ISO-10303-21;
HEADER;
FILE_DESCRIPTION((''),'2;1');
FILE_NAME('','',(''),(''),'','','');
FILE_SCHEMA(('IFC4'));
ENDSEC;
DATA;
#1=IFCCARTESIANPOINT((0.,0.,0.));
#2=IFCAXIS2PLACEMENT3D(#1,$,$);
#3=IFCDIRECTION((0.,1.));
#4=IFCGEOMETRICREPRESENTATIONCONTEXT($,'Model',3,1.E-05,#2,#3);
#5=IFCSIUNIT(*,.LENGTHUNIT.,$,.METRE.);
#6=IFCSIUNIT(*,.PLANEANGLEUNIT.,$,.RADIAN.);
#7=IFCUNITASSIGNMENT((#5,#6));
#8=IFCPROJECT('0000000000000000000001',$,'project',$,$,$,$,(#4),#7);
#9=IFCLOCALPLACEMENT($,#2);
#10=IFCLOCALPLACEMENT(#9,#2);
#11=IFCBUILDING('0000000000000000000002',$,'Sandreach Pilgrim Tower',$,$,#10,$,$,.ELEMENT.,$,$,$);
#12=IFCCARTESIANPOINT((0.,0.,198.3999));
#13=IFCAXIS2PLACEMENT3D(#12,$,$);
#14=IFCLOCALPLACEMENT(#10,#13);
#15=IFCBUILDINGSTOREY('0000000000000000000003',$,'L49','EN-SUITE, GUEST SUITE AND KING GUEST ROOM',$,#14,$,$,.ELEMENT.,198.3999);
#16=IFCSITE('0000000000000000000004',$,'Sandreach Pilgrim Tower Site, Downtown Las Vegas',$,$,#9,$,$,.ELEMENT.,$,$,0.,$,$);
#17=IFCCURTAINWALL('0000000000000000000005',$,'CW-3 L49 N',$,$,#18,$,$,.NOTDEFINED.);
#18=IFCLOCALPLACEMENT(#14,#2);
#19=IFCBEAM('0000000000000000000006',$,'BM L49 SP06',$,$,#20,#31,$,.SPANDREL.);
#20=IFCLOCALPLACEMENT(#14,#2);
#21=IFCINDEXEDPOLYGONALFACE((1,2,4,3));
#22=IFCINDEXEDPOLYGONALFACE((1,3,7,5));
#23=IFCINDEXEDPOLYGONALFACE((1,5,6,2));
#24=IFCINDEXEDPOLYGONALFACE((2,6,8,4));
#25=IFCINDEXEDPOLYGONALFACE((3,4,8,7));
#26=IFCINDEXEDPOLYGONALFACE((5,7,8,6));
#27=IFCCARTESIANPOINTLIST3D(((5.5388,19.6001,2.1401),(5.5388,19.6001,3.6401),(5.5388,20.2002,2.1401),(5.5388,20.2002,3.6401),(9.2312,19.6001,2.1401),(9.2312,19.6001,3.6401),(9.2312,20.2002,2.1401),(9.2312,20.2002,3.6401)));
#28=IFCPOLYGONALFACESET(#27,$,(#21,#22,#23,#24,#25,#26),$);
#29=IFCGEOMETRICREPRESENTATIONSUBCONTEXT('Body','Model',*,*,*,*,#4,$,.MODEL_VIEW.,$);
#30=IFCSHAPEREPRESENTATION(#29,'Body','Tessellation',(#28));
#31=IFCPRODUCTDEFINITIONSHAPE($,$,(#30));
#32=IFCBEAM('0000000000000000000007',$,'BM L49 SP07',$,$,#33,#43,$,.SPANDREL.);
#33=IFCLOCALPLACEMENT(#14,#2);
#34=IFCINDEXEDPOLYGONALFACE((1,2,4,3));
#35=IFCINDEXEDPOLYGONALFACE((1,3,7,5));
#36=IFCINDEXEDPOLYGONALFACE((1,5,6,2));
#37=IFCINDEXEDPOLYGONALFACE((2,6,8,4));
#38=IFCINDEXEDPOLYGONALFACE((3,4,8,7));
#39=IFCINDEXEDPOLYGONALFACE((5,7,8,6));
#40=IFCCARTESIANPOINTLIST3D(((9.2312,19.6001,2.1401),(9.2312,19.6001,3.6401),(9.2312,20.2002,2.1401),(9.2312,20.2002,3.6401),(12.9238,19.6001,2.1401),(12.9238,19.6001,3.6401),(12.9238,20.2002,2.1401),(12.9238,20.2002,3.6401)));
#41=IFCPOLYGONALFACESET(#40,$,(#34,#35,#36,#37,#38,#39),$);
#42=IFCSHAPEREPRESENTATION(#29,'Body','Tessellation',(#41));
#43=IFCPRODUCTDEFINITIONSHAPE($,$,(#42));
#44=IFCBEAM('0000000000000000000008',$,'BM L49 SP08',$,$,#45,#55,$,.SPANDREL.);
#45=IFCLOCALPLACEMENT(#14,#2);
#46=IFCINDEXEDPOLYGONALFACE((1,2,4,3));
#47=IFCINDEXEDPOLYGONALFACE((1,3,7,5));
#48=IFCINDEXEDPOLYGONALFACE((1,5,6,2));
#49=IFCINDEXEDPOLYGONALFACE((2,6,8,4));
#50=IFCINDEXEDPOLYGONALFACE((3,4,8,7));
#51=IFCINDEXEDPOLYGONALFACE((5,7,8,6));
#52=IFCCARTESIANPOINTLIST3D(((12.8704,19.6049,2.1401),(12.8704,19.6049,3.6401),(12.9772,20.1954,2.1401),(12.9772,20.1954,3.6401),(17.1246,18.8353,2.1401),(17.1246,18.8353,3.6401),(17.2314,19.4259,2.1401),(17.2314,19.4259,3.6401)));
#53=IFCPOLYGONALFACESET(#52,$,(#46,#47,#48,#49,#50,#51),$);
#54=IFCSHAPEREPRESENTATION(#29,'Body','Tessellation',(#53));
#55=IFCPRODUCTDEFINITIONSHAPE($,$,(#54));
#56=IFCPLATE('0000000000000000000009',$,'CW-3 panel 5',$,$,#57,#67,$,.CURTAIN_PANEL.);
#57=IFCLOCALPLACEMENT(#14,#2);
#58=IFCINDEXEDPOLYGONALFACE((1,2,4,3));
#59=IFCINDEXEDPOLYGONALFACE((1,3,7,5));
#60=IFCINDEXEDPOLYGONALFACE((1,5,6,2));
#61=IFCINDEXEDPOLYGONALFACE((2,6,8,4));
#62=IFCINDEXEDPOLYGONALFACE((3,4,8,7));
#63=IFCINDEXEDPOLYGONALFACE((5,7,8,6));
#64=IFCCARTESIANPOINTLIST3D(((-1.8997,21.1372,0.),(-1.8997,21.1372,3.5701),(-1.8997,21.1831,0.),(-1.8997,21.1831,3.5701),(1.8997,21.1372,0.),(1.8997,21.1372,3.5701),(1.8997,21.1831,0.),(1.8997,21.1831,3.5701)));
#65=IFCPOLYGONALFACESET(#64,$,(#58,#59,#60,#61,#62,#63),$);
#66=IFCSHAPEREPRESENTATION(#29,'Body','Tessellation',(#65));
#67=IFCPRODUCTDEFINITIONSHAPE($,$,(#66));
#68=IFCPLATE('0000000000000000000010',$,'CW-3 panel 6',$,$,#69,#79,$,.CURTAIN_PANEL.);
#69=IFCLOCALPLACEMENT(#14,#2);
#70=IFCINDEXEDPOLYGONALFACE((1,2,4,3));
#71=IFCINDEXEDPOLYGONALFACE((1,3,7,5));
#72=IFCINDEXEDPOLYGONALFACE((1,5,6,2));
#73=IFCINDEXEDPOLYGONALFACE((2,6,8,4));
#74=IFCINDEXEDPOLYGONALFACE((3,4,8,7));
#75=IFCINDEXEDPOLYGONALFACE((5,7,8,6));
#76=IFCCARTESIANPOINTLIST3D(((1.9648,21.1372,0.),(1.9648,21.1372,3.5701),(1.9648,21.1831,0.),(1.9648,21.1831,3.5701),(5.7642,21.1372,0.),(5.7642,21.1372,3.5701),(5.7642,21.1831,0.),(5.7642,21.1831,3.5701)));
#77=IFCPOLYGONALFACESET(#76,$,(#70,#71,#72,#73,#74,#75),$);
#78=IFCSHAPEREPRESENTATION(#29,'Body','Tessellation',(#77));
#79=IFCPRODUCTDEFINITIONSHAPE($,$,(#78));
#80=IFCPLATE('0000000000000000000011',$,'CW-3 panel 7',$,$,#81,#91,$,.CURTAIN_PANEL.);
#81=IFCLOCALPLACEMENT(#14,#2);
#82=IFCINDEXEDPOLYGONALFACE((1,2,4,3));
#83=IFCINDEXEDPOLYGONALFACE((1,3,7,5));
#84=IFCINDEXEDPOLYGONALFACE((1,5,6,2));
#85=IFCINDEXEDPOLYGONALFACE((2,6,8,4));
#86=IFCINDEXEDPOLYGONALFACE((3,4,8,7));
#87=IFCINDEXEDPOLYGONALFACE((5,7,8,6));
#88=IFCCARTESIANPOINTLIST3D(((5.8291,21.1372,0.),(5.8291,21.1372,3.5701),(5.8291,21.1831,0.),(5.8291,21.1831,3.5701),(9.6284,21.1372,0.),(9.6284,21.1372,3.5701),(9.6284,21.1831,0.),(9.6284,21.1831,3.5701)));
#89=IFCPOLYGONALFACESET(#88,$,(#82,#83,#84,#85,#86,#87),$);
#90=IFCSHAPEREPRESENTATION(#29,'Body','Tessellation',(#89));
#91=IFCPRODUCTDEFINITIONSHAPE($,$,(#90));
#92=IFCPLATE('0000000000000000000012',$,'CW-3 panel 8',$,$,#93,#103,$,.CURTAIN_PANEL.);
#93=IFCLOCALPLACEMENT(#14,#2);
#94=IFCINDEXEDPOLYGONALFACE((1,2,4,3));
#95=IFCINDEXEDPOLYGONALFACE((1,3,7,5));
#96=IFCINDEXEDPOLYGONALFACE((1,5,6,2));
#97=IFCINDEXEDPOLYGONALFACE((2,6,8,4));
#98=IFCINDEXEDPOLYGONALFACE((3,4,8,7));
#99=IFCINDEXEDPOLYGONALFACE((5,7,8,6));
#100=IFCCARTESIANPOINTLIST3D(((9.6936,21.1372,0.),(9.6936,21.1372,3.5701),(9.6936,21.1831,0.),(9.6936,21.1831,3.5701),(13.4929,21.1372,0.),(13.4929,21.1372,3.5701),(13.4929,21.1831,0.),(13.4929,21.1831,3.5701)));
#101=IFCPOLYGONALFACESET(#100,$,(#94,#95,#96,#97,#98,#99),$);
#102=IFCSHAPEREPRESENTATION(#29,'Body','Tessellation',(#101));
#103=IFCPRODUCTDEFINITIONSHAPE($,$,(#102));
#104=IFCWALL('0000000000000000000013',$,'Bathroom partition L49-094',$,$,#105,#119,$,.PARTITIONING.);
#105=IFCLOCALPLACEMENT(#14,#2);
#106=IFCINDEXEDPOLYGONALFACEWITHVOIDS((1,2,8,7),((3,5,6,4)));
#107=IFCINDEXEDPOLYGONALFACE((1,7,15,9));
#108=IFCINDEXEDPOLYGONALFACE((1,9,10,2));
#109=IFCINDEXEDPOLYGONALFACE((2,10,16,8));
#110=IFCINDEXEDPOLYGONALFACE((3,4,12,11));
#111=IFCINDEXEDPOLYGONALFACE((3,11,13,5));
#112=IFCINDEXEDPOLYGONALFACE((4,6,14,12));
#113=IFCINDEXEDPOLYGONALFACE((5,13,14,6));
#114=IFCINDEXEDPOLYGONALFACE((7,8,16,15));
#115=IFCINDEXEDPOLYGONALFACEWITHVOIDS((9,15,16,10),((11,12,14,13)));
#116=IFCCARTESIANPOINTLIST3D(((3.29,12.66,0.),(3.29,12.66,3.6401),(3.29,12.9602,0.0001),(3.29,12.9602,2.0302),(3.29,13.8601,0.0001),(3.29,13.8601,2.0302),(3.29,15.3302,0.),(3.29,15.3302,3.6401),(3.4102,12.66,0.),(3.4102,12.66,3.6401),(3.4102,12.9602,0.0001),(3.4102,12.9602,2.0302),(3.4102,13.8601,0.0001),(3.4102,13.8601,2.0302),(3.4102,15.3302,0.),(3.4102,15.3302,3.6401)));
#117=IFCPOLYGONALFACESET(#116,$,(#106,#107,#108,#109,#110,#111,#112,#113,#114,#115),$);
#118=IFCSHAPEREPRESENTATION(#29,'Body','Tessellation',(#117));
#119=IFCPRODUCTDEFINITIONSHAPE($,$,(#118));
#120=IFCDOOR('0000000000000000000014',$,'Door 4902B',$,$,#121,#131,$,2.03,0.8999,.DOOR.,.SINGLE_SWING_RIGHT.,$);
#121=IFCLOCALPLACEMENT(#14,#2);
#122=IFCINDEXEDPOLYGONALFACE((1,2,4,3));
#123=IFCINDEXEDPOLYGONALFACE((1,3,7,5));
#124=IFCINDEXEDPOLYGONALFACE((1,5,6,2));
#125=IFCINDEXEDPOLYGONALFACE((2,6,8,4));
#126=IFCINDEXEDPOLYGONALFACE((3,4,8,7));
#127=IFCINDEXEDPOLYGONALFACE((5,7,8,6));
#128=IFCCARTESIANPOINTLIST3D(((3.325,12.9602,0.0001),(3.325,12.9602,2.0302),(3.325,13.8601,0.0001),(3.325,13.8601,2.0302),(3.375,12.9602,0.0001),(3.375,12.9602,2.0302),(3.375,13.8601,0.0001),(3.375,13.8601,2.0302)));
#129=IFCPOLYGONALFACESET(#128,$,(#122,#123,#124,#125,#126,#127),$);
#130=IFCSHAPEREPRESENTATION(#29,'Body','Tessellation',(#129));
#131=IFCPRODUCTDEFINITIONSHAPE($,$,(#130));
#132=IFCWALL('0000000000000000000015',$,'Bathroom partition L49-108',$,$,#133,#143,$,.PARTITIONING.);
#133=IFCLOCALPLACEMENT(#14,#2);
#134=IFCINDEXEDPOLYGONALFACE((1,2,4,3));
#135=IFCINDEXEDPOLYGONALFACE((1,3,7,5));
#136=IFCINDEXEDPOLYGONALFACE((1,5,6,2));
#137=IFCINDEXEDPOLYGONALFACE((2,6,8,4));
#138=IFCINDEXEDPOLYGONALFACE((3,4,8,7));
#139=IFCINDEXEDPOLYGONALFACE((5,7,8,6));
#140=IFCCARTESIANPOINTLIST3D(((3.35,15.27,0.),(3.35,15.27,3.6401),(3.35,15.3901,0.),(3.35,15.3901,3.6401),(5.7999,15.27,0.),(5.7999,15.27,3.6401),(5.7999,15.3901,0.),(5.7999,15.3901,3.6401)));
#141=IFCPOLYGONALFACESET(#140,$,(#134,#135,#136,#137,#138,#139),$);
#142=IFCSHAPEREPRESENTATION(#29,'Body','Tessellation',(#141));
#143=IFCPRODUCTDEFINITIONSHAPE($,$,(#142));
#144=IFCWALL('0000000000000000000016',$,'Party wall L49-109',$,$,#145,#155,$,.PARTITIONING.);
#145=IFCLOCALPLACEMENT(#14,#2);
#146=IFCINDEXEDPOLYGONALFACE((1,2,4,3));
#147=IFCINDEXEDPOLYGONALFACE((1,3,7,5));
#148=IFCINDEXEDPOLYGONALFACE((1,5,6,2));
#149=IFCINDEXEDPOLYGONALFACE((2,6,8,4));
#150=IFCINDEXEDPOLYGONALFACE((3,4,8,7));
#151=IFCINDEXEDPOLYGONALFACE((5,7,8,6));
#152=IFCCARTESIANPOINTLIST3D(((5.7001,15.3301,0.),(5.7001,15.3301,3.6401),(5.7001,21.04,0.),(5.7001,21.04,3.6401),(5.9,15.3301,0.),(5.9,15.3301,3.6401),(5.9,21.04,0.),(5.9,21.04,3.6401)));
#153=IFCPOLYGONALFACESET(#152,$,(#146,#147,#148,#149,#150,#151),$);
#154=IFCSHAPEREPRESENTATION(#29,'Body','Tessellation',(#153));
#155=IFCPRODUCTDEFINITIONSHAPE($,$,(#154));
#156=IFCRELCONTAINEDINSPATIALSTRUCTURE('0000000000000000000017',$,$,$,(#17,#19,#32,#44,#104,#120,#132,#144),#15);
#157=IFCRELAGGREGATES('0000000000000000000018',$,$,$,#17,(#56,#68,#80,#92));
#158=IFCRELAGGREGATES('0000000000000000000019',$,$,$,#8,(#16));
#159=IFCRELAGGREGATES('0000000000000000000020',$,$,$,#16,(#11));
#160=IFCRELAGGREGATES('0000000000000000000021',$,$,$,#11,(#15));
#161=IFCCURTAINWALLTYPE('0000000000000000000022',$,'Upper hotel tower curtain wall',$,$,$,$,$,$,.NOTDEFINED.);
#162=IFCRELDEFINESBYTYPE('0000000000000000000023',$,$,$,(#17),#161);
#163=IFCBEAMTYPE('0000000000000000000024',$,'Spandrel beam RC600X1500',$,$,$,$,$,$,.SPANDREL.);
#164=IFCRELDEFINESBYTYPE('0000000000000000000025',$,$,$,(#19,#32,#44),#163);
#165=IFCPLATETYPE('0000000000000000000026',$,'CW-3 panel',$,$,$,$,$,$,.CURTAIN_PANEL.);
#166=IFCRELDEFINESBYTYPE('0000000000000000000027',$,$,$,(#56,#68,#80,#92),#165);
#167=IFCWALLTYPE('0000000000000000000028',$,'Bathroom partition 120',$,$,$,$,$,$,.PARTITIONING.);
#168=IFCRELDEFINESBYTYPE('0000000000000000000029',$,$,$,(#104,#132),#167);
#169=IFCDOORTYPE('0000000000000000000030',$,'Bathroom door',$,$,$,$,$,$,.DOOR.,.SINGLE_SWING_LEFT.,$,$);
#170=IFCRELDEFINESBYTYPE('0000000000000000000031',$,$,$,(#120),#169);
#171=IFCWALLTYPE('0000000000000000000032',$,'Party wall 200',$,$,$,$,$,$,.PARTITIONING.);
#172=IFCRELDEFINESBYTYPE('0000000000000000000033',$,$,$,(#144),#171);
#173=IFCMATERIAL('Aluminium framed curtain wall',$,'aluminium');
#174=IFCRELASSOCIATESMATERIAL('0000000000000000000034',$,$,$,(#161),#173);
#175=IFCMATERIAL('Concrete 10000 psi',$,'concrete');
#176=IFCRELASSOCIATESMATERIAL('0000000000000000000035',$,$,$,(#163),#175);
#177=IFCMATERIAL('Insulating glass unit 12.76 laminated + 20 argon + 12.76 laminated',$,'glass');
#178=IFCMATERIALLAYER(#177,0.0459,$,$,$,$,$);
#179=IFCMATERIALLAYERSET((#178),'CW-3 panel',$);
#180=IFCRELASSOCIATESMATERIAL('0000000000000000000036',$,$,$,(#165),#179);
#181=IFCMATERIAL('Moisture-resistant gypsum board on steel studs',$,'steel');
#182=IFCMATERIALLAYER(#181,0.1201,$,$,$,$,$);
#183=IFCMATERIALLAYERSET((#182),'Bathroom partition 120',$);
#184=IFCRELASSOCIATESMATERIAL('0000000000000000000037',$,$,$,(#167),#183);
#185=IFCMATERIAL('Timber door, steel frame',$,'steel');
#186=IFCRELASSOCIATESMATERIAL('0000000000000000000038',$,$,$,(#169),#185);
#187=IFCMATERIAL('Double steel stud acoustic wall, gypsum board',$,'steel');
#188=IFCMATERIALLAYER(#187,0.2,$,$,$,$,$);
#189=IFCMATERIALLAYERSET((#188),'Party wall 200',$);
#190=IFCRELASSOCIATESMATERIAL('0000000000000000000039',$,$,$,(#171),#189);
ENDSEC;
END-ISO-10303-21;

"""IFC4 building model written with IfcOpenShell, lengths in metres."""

from ifc_helpers import new_model, si_unit, direction, frame, frame_2d, origin, origin_2d, place, context, subcontext, project, spatial, rectangle, extrude, material, layer, layer_set, material_profile, profile_set, type_object, element, fill, aggregate, save


model = new_model("IFC4")

# Units and contexts
model_context = context("Model", 3, precision=1e-05, world=origin(), true_north=direction((0.0, 1.0)))
body_context = subcontext(model_context, "Body", "Model", "MODEL_VIEW")
ifc_project = project(units=[si_unit("LENGTHUNIT", "METRE"), si_unit("PLANEANGLEUNIT", "RADIAN")], contexts=[model_context])

# Site, building, storey
site_placement = place(None, origin())
site = spatial("IfcSite", under=ifc_project, at=site_placement, Name="Sandreach Pilgrim Tower Site, Downtown Las Vegas", CompositionType="ELEMENT", RefElevation=0.0)
building_placement = place(site_placement, origin())
building = spatial("IfcBuilding", under=site, at=building_placement, Name="Sandreach Pilgrim Tower", CompositionType="ELEMENT")
storey_placement = place(building_placement, frame((0.0, 0.0, 198.3999)))
storey = spatial("IfcBuildingStorey", under=building, at=storey_placement, Name="L49", Description="EN-SUITE, GUEST SUITE AND KING GUEST ROOM", CompositionType="ELEMENT", Elevation=198.3999)

# Curtain wall
ifc_material_1 = material(Name="Aluminium framed curtain wall", Category="aluminium")
curtain_wall_type = type_object("IfcCurtainWallType", Name="Upper hotel tower curtain wall", PredefinedType="NOTDEFINED", material=ifc_material_1)
curtain_wall_placement = place(storey_placement, origin())
curtain_wall = element("IfcCurtainWall", 1, at=curtain_wall_placement, inside=storey, type_object=curtain_wall_type, Name="CW-3 L49 N", PredefinedType="NOTDEFINED")

# Beams
ifc_material_2 = material(Name="Concrete 10000 psi", Category="concrete")
ifc_material_profile_1 = material_profile(ifc_material_2, rectangle(XDim=0.6001, YDim=1.5, at=origin_2d()), Name="RC600X1500")
ifc_profile_set_1 = profile_set([ifc_material_profile_1], Name="Concrete 10000 psi")
beam_type_1 = type_object("IfcBeamType", Name="Spandrel beam RC600X1500", PredefinedType="SPANDREL", material=ifc_profile_set_1)
beam_1_placement = place(storey_placement, frame((5.5388, 19.9001, 2.8901), z_axis=(1.0, 0.0, 0.0), x_axis=(0.0, 1.0, 0.0)))
element("IfcBeam", 2, at=beam_1_placement, inside=storey, type_object=beam_type_1, Name="BM L49 SP06", PredefinedType="SPANDREL", context=body_context, shape_type="SweptSolid", body=[
    extrude(rectangle(XDim=0.6001, YDim=1.5, at=origin_2d()), origin(), (0.0, 0.0, 1.0), 3.6924),
])
beam_2_placement = place(storey_placement, frame((9.2312, 19.9001, 2.8901), z_axis=(1.0, 0.0, 0.0), x_axis=(0.0, 1.0, 0.0)))
element("IfcBeam", 3, at=beam_2_placement, inside=storey, type_object=beam_type_1, Name="BM L49 SP07", PredefinedType="SPANDREL", context=body_context, shape_type="SweptSolid", body=[
    extrude(rectangle(XDim=0.6001, YDim=1.5, at=origin_2d()), origin(), (0.0, 0.0, 1.0), 3.6926),
])
beam_3_placement = place(storey_placement, frame((12.9238, 19.9001, 2.8901), z_axis=(0.98403, -0.178001, 0.0), x_axis=(0.178001, 0.98403, 0.0)))
element("IfcBeam", 4, at=beam_3_placement, inside=storey, type_object=beam_type_1, Name="BM L49 SP08", PredefinedType="SPANDREL", context=body_context, shape_type="SweptSolid", body=[
    extrude(rectangle(XDim=0.6001, YDim=1.5, at=origin_2d()), origin(), (0.0, 0.0, 1.0), 4.3232),
])

# Plates
ifc_material_3 = material(Name="Insulating glass unit 12.76 laminated + 20 argon + 12.76 laminated", Category="glass")
ifc_layer_1 = layer(ifc_material_3, 0.0459)
ifc_layer_set_1 = layer_set([ifc_layer_1], Name="CW-3 panel")
plate_type = type_object("IfcPlateType", Name="CW-3 panel", PredefinedType="CURTAIN_PANEL", material=ifc_layer_set_1)
plate_1_placement = place(storey_placement, frame((0.0, 21.1602, 0.0), z_axis=(0.0, 0.0, 1.0), x_axis=(1.0, 0.0, 0.0)))
plate_1 = element("IfcPlate", 5, at=plate_1_placement, type_object=plate_type, Name="CW-3 panel 5", PredefinedType="CURTAIN_PANEL", context=body_context, shape_type="SweptSolid", body=[
    extrude(rectangle(XDim=3.7993, YDim=0.0459, at=origin_2d()), origin(), (0.0, 0.0, 1.0), 3.5701),
])
plate_2_placement = place(storey_placement, frame((3.8645, 21.1602, 0.0), z_axis=(0.0, 0.0, 1.0), x_axis=(1.0, 0.0, 0.0)))
plate_2 = element("IfcPlate", 6, at=plate_2_placement, type_object=plate_type, Name="CW-3 panel 6", PredefinedType="CURTAIN_PANEL", context=body_context, shape_type="SweptSolid", body=[
    extrude(rectangle(XDim=3.7993, YDim=0.0459, at=origin_2d()), origin(), (0.0, 0.0, 1.0), 3.5701),
])
plate_3_placement = place(storey_placement, frame((7.7288, 21.1602, 0.0), z_axis=(0.0, 0.0, 1.0), x_axis=(1.0, 0.0, 0.0)))
plate_3 = element("IfcPlate", 7, at=plate_3_placement, type_object=plate_type, Name="CW-3 panel 7", PredefinedType="CURTAIN_PANEL", context=body_context, shape_type="SweptSolid", body=[
    extrude(rectangle(XDim=3.7993, YDim=0.0459, at=origin_2d()), origin(), (0.0, 0.0, 1.0), 3.5701),
])
plate_4_placement = place(storey_placement, frame((11.5933, 21.1602, 0.0), z_axis=(0.0, 0.0, 1.0), x_axis=(1.0, 0.0, 0.0)))
plate_4 = element("IfcPlate", 8, at=plate_4_placement, type_object=plate_type, Name="CW-3 panel 8", PredefinedType="CURTAIN_PANEL", context=body_context, shape_type="SweptSolid", body=[
    extrude(rectangle(XDim=3.7993, YDim=0.0459, at=origin_2d()), origin(), (0.0, 0.0, 1.0), 3.5701),
])
aggregate(curtain_wall, [plate_1, plate_2, plate_3, plate_4])

# Wall, opening, door
ifc_material_4 = material(Name="Moisture-resistant gypsum board on steel studs", Category="steel")
ifc_layer_2 = layer(ifc_material_4, 0.1201)
ifc_layer_set_2 = layer_set([ifc_layer_2], Name="Bathroom partition 120")
wall_type_1 = type_object("IfcWallType", Name="Bathroom partition 120", PredefinedType="PARTITIONING", material=ifc_layer_set_2)
wall_1_placement = place(storey_placement, frame((3.3501, 15.3301, 0.0), z_axis=(0.0, 0.0, 1.0), x_axis=(0.0, -1.0, 0.0)))
wall_1 = element("IfcWall", 9, at=wall_1_placement, inside=storey, type_object=wall_type_1, Name="Bathroom partition L49-094", PredefinedType="PARTITIONING", context=body_context, shape_type="SweptSolid", body=[
    extrude(rectangle(XDim=2.6702, YDim=0.1201, at=frame_2d((1.335, 0.0))), origin(), (0.0, 0.0, 1.0), 3.6401),
])
opening_placement = place(wall_1_placement, frame((1.47, 0.0, 0.0)))
opening = element("IfcOpeningElement", 10, at=opening_placement, cuts=wall_1, PredefinedType="OPENING", context=body_context, shape_type="SweptSolid", body=[
    extrude(rectangle(XDim=0.8999, YDim=2.03, at=frame_2d((0.45, 1.0151))), frame((0.0, 0.0601, 0.0), z_axis=(0.0, -1.0, 0.0), x_axis=(1.0, 0.0, 0.0)), (0.0, 0.0, 1.0), 0.1201),
])
ifc_material_5 = material(Name="Timber door, steel frame", Category="steel")
door_type = type_object("IfcDoorType", Name="Bathroom door", OperationType="SINGLE_SWING_LEFT", PredefinedType="DOOR", material=ifc_material_5)
door_placement = place(opening_placement, origin())
door = element("IfcDoor", 11, at=door_placement, inside=storey, type_object=door_type, Name="Door 4902B", OperationType="SINGLE_SWING_RIGHT", OverallHeight=2.03, OverallWidth=0.8999, PredefinedType="DOOR", context=body_context, shape_type="SweptSolid", body=[
    extrude(rectangle(XDim=0.8999, YDim=2.03, at=frame_2d((0.45, 1.0151))), frame((0.0, 0.0249, 0.0), z_axis=(0.0, -1.0, 0.0), x_axis=(1.0, 0.0, 0.0)), (0.0, 0.0, 1.0), 0.05),
])
fill(opening, door)

# Walls
wall_2_placement = place(storey_placement, frame((5.8, 15.3301, 0.0), z_axis=(0.0, 0.0, 1.0), x_axis=(-1.0, 0.0, 0.0)))
element("IfcWall", 12, at=wall_2_placement, inside=storey, type_object=wall_type_1, Name="Bathroom partition L49-108", PredefinedType="PARTITIONING", context=body_context, shape_type="SweptSolid", body=[
    extrude(rectangle(XDim=2.45, YDim=0.1201, at=frame_2d((1.2251, 0.0))), origin(), (0.0, 0.0, 1.0), 3.6401),
])
ifc_material_6 = material(Name="Double steel stud acoustic wall, gypsum board", Category="steel")
ifc_layer_3 = layer(ifc_material_6, 0.2)
ifc_layer_set_3 = layer_set([ifc_layer_3], Name="Party wall 200")
wall_type_2 = type_object("IfcWallType", Name="Party wall 200", PredefinedType="PARTITIONING", material=ifc_layer_set_3)
wall_3_placement = place(storey_placement, frame((5.8, 21.04, 0.0), z_axis=(0.0, 0.0, 1.0), x_axis=(0.0, -1.0, 0.0)))
element("IfcWall", 13, at=wall_3_placement, inside=storey, type_object=wall_type_2, Name="Party wall L49-109", PredefinedType="PARTITIONING", context=body_context, shape_type="SweptSolid", body=[
    extrude(rectangle(XDim=5.71, YDim=0.2, at=frame_2d((2.855, 0.0))), origin(), (0.0, 0.0, 1.0), 3.6401),
])

save(model, "model.ifc")
